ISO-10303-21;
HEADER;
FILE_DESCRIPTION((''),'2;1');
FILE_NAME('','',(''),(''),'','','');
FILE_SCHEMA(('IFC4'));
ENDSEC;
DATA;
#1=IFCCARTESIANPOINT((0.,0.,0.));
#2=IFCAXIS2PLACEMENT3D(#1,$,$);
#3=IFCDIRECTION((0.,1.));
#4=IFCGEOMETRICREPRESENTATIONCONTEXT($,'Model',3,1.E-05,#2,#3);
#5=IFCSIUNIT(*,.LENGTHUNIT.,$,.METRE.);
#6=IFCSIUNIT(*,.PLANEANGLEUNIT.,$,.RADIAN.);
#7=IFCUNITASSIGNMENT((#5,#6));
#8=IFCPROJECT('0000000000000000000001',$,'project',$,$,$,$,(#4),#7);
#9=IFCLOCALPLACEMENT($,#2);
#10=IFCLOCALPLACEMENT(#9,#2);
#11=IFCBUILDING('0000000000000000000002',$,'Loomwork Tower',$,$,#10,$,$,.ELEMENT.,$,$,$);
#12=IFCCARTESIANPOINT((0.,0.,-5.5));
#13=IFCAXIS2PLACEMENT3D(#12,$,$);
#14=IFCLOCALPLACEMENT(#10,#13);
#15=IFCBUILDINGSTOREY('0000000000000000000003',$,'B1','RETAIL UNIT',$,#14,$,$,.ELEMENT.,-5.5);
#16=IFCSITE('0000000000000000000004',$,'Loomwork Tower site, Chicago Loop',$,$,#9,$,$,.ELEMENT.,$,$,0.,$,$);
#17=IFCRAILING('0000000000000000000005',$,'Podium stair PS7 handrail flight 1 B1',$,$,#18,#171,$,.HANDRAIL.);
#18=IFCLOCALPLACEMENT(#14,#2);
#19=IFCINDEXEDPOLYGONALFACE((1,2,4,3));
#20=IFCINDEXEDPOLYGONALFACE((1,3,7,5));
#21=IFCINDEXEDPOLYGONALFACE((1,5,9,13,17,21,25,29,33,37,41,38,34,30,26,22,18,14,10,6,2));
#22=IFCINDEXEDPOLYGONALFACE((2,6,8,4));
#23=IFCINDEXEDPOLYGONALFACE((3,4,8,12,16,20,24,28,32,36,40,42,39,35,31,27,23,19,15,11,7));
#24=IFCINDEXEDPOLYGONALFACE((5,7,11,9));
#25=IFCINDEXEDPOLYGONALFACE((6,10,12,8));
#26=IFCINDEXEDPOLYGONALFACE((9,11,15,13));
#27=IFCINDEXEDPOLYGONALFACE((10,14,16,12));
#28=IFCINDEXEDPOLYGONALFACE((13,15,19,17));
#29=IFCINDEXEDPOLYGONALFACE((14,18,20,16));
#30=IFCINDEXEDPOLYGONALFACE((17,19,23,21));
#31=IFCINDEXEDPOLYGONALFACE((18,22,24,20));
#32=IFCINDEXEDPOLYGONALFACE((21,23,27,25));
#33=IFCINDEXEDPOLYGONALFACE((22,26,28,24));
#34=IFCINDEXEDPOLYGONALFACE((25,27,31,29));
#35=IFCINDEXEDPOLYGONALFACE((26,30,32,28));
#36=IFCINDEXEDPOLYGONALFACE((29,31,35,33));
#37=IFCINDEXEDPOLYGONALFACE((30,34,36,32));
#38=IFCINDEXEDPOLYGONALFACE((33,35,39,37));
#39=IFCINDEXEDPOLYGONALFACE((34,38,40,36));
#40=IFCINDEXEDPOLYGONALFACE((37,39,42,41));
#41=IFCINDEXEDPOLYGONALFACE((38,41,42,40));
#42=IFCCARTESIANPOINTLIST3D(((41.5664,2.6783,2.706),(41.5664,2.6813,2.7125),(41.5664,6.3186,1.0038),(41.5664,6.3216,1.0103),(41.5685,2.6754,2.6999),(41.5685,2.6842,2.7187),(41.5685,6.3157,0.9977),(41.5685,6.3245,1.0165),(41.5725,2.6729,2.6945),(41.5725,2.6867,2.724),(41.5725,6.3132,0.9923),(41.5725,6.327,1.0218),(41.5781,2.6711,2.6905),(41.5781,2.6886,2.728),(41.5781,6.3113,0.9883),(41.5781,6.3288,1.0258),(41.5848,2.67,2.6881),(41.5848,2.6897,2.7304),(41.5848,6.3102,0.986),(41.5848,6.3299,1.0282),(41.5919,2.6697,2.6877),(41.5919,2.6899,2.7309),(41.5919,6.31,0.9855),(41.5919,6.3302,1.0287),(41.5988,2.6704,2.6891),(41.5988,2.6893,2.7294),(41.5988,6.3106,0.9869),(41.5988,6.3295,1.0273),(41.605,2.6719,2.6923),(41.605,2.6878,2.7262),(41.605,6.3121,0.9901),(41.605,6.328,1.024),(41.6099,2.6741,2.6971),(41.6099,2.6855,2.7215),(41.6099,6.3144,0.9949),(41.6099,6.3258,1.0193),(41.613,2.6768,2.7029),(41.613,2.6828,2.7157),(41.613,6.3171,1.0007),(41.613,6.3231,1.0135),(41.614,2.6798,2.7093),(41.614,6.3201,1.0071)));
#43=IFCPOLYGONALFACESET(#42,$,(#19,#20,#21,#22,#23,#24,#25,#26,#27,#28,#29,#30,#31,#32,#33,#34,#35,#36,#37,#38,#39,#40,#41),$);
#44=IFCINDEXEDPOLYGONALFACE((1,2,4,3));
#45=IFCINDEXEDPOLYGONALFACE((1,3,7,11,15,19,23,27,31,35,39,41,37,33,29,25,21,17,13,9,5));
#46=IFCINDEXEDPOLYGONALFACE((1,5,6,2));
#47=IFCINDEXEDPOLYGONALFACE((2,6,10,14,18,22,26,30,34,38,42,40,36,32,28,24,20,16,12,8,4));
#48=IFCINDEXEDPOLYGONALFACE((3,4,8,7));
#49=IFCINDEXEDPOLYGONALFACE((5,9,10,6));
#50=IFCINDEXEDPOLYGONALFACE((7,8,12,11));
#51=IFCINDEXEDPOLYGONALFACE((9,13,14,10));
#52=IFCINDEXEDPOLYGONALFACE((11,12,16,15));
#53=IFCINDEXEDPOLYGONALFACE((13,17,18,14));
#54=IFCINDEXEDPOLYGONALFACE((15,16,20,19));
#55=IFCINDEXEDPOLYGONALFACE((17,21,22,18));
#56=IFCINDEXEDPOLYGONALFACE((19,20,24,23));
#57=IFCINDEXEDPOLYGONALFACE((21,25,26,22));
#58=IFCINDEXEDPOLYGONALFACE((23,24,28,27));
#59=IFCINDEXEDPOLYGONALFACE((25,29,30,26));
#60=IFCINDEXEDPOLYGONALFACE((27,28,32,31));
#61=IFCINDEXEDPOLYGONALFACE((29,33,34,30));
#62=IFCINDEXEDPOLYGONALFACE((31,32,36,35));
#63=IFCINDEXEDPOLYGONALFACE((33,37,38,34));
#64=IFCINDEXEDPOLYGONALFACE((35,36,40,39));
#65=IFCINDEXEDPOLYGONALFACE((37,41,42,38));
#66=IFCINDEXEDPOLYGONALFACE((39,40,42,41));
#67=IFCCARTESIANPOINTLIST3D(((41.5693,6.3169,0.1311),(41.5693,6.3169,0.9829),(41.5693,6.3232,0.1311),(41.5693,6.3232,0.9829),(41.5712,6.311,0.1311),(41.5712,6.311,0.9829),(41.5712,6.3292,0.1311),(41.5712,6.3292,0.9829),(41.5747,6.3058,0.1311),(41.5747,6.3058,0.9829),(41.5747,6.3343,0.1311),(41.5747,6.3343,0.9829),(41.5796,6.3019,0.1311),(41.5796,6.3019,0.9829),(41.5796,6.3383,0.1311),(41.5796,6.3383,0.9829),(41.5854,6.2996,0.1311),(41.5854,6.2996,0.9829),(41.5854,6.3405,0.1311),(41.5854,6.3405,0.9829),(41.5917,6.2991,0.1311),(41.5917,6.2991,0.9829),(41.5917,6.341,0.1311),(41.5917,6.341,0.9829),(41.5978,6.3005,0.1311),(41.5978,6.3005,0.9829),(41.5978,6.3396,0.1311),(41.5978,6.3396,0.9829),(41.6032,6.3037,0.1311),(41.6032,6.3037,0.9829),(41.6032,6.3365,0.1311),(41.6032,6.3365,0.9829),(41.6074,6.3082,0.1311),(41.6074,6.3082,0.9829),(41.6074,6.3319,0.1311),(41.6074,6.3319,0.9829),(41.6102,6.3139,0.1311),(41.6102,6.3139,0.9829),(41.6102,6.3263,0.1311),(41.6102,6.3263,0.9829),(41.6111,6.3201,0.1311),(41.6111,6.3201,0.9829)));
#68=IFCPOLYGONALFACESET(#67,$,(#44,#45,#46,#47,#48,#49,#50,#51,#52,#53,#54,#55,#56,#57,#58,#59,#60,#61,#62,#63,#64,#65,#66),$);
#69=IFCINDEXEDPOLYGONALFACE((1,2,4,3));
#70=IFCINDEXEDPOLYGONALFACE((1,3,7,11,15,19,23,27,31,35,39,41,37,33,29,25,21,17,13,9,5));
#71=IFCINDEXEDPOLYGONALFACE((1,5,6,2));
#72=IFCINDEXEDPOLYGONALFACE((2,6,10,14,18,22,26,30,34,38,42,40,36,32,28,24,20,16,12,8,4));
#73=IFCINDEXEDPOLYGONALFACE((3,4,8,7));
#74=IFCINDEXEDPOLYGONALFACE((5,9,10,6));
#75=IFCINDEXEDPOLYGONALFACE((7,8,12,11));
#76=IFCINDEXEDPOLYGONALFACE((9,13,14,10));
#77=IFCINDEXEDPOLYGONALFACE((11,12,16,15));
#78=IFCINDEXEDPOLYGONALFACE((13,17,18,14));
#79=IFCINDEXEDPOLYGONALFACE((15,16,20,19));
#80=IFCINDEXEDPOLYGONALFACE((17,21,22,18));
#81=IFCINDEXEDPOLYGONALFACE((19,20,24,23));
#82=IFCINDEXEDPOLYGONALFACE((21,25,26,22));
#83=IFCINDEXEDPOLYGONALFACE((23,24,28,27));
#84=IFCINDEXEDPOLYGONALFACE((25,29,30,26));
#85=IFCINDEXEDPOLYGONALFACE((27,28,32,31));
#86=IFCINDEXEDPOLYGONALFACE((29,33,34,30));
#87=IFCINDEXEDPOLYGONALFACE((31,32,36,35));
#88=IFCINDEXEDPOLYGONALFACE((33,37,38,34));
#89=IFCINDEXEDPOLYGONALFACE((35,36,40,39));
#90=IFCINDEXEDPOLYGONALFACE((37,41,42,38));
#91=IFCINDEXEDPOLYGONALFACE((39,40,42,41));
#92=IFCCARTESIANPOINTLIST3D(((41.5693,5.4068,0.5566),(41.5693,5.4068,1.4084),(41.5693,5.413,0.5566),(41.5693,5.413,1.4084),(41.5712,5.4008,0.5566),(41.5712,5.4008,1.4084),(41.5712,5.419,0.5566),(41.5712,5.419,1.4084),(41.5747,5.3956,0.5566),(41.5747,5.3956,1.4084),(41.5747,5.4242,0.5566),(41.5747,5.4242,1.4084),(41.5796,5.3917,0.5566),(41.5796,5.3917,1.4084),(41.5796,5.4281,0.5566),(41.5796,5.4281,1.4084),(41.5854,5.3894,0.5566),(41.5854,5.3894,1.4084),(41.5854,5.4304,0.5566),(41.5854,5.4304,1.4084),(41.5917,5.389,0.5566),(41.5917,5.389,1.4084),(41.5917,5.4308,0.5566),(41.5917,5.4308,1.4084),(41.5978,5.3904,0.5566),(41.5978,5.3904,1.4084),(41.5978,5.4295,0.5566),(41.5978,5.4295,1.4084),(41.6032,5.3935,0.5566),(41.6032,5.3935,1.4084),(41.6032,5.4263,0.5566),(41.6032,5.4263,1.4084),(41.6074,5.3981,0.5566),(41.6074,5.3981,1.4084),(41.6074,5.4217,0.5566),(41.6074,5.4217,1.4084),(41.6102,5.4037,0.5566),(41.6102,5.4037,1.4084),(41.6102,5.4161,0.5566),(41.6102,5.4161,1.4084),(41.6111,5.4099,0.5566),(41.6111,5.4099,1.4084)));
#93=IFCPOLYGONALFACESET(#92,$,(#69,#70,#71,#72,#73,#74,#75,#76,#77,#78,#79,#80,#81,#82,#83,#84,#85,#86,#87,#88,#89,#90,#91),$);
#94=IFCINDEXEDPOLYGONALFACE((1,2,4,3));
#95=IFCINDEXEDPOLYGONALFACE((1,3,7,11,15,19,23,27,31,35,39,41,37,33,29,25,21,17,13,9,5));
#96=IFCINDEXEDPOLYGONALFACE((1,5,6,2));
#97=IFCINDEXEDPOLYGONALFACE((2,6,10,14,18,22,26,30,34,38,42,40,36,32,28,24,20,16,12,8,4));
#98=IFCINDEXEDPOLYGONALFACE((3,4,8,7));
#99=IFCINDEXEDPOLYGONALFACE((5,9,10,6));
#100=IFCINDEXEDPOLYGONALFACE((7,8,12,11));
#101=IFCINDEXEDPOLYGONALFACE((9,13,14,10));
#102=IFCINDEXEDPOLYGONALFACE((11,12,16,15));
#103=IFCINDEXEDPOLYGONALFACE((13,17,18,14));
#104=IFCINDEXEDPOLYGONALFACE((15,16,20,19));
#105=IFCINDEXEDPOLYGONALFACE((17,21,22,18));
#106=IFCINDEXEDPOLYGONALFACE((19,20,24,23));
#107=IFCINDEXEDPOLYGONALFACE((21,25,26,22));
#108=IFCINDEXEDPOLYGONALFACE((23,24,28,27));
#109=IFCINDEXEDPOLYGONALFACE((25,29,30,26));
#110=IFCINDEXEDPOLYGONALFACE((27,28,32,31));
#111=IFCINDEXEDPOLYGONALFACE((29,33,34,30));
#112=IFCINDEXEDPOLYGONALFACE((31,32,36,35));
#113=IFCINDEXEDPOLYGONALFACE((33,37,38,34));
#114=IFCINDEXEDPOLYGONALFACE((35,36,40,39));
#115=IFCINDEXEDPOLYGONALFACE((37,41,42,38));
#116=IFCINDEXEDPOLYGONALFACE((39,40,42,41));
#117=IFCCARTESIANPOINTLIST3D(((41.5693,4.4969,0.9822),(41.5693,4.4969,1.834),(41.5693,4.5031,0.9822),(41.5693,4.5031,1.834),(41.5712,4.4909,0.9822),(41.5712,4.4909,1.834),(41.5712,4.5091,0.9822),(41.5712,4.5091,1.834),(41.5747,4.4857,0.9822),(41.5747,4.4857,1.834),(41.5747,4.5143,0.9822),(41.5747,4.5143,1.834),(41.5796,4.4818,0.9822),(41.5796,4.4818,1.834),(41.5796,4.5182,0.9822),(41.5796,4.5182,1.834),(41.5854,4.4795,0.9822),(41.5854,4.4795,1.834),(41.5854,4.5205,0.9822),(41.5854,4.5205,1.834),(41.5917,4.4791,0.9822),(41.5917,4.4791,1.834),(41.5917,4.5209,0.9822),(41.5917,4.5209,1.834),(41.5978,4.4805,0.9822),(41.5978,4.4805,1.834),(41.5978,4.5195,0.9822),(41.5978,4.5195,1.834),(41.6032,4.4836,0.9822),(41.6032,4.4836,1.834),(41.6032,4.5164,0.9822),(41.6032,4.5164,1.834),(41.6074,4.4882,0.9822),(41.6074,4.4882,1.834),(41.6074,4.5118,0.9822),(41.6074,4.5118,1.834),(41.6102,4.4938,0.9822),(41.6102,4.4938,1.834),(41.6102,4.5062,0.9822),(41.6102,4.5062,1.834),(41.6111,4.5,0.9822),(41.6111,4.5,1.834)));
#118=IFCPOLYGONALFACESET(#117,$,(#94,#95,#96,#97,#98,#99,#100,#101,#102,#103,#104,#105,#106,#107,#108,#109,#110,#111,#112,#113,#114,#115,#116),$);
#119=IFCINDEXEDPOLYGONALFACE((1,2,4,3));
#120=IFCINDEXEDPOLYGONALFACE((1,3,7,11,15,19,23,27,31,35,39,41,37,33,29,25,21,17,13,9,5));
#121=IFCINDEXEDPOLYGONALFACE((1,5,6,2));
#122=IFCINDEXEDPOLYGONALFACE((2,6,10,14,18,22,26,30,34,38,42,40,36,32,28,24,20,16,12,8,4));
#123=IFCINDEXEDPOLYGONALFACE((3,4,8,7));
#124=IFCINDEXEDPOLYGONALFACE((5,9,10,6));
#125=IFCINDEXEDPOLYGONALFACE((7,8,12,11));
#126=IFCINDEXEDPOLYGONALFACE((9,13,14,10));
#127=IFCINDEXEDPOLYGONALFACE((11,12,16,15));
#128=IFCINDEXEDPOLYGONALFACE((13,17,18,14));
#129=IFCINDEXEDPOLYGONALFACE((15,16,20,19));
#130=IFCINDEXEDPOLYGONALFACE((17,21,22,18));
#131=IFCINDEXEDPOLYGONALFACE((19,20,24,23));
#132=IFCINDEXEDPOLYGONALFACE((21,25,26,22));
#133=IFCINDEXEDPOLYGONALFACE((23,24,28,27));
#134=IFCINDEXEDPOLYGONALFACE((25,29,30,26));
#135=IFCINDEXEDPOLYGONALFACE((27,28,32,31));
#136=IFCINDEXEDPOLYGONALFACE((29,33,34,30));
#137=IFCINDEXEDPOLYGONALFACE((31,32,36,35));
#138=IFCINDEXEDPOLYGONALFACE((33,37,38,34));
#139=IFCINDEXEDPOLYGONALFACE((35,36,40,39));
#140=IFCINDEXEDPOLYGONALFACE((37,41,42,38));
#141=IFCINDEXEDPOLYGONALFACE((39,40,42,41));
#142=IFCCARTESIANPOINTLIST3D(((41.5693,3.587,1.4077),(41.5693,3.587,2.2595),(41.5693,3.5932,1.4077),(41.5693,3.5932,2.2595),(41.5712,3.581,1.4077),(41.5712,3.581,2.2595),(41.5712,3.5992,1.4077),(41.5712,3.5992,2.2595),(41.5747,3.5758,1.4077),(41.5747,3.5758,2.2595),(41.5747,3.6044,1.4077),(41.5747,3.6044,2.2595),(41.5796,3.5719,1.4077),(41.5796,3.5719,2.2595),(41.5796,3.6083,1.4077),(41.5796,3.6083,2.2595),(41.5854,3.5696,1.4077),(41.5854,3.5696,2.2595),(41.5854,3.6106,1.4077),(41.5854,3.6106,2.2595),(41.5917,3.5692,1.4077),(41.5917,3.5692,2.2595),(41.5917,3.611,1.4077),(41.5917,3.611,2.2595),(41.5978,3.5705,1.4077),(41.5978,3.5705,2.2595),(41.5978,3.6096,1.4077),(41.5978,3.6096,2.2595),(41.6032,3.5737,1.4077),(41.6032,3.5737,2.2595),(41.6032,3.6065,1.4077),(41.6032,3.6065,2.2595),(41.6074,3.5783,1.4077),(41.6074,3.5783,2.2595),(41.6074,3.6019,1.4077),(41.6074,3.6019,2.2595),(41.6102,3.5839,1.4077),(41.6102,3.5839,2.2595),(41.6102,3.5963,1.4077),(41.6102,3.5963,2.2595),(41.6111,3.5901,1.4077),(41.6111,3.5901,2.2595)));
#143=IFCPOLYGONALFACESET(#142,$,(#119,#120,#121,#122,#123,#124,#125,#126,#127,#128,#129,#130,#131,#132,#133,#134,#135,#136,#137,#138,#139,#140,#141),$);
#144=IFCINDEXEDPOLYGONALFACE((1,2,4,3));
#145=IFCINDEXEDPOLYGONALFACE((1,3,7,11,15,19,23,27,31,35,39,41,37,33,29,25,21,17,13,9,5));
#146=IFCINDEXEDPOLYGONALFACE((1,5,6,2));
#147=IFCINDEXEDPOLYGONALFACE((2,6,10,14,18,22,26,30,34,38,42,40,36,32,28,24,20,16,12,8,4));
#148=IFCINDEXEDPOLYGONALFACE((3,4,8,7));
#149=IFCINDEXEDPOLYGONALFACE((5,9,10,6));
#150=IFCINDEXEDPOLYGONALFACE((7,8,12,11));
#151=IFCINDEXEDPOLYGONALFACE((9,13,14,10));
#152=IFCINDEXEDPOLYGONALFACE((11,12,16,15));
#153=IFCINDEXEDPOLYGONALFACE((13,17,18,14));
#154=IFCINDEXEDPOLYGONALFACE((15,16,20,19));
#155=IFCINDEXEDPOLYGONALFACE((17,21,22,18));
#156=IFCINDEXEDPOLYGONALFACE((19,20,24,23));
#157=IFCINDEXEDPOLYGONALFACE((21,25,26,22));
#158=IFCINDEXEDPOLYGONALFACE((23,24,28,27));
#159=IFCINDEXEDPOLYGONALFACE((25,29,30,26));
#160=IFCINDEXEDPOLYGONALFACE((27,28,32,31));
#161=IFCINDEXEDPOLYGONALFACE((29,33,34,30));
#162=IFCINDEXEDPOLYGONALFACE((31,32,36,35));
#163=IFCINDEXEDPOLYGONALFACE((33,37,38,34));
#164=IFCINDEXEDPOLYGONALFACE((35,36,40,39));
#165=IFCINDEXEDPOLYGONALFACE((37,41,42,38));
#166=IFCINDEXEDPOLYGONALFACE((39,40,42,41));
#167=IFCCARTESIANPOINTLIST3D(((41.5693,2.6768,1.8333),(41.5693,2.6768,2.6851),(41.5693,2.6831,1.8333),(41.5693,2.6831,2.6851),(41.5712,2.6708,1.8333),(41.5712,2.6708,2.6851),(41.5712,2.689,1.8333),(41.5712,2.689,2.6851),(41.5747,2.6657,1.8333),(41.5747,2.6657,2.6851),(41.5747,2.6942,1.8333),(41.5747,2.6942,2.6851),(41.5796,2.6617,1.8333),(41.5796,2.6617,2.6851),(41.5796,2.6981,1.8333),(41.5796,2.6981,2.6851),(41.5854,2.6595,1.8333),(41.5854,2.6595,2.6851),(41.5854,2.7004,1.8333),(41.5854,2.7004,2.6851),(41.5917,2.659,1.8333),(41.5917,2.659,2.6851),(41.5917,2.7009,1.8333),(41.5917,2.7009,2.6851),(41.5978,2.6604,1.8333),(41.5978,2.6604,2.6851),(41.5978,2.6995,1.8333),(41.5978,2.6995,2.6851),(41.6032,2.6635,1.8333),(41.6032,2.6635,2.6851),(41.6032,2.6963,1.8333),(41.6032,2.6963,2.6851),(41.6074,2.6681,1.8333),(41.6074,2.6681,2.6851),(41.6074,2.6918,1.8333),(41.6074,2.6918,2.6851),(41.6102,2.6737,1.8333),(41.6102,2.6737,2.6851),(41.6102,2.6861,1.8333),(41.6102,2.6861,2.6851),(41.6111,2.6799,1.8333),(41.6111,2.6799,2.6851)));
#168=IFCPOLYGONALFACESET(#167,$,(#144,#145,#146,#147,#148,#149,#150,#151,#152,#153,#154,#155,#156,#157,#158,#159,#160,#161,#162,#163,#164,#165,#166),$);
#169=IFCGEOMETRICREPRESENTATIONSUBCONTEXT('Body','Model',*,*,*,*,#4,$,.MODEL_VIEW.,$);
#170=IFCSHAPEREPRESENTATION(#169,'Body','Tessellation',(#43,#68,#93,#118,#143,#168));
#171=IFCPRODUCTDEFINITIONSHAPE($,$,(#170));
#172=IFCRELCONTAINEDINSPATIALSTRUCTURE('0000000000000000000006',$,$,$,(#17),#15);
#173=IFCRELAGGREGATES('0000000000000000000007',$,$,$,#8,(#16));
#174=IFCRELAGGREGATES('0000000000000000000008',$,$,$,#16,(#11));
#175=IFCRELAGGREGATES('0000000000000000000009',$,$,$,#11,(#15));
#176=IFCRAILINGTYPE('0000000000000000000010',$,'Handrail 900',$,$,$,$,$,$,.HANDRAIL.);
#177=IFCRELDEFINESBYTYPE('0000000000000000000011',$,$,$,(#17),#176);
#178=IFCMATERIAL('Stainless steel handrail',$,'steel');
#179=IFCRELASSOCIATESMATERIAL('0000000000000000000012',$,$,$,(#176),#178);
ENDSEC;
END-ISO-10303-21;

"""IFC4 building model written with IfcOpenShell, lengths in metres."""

from ifc_helpers import new_model, si_unit, direction, frame, origin, origin_2d, place, context, subcontext, project, spatial, circle, extrude, material, type_object, element, save


model = new_model("IFC4")

# Units and contexts
model_context = context("Model", 3, precision=1e-05, world=origin(), true_north=direction((0.0, 1.0)))
body_context = subcontext(model_context, "Body", "Model", "MODEL_VIEW")
ifc_project = project(units=[si_unit("LENGTHUNIT", "METRE"), si_unit("PLANEANGLEUNIT", "RADIAN")], contexts=[model_context])

# Site, building, storey
site_placement = place(None, origin())
site = spatial("IfcSite", under=ifc_project, at=site_placement, Name="Loomwork Tower site, Chicago Loop", CompositionType="ELEMENT", RefElevation=0.0)
building_placement = place(site_placement, origin())
building = spatial("IfcBuilding", under=site, at=building_placement, Name="Loomwork Tower", CompositionType="ELEMENT")
storey_placement = place(building_placement, frame((0.0, 0.0, -5.5)))
storey = spatial("IfcBuildingStorey", under=building, at=storey_placement, Name="B1", Description="RETAIL UNIT", CompositionType="ELEMENT", Elevation=-5.5)

# Railing
ifc_material_1 = material(Name="Stainless steel handrail", Category="steel")
railing_type = type_object("IfcRailingType", Name="Handrail 900", PredefinedType="HANDRAIL", material=ifc_material_1)
railing_1_placement = place(storey_placement, frame((41.5901, 6.3201, 0.1311)))
element("IfcRailing", 1, at=railing_1_placement, inside=storey, type_object=railing_type, Name="Podium stair PS7 handrail flight 1 B1", PredefinedType="HANDRAIL", context=body_context, shape_type="SweptSolid", body=[
    extrude(circle(Radius=0.0239, at=origin_2d()), frame((0.0, 0.0, 0.876), z_axis=(0.0, -0.905857, 0.423584), x_axis=(1.0, 0.0, 0.0)), (0.0, 0.0, 1.0), 4.0186),
    extrude(circle(Radius=0.021, at=origin_2d()), origin(), (0.0, 0.0, 1.0), 0.8518),
    extrude(circle(Radius=0.021, at=origin_2d()), frame((0.0, -0.9102, 0.4255)), (0.0, 0.0, 1.0), 0.8518),
    extrude(circle(Radius=0.021, at=origin_2d()), frame((0.0, -1.8201, 0.8511)), (0.0, 0.0, 1.0), 0.8518),
    extrude(circle(Radius=0.021, at=origin_2d()), frame((0.0, -2.73, 1.2766)), (0.0, 0.0, 1.0), 0.8518),
    extrude(circle(Radius=0.021, at=origin_2d()), frame((0.0, -3.6401, 1.7021)), (0.0, 0.0, 1.0), 0.8518),
])

save(model, "model.ifc")
